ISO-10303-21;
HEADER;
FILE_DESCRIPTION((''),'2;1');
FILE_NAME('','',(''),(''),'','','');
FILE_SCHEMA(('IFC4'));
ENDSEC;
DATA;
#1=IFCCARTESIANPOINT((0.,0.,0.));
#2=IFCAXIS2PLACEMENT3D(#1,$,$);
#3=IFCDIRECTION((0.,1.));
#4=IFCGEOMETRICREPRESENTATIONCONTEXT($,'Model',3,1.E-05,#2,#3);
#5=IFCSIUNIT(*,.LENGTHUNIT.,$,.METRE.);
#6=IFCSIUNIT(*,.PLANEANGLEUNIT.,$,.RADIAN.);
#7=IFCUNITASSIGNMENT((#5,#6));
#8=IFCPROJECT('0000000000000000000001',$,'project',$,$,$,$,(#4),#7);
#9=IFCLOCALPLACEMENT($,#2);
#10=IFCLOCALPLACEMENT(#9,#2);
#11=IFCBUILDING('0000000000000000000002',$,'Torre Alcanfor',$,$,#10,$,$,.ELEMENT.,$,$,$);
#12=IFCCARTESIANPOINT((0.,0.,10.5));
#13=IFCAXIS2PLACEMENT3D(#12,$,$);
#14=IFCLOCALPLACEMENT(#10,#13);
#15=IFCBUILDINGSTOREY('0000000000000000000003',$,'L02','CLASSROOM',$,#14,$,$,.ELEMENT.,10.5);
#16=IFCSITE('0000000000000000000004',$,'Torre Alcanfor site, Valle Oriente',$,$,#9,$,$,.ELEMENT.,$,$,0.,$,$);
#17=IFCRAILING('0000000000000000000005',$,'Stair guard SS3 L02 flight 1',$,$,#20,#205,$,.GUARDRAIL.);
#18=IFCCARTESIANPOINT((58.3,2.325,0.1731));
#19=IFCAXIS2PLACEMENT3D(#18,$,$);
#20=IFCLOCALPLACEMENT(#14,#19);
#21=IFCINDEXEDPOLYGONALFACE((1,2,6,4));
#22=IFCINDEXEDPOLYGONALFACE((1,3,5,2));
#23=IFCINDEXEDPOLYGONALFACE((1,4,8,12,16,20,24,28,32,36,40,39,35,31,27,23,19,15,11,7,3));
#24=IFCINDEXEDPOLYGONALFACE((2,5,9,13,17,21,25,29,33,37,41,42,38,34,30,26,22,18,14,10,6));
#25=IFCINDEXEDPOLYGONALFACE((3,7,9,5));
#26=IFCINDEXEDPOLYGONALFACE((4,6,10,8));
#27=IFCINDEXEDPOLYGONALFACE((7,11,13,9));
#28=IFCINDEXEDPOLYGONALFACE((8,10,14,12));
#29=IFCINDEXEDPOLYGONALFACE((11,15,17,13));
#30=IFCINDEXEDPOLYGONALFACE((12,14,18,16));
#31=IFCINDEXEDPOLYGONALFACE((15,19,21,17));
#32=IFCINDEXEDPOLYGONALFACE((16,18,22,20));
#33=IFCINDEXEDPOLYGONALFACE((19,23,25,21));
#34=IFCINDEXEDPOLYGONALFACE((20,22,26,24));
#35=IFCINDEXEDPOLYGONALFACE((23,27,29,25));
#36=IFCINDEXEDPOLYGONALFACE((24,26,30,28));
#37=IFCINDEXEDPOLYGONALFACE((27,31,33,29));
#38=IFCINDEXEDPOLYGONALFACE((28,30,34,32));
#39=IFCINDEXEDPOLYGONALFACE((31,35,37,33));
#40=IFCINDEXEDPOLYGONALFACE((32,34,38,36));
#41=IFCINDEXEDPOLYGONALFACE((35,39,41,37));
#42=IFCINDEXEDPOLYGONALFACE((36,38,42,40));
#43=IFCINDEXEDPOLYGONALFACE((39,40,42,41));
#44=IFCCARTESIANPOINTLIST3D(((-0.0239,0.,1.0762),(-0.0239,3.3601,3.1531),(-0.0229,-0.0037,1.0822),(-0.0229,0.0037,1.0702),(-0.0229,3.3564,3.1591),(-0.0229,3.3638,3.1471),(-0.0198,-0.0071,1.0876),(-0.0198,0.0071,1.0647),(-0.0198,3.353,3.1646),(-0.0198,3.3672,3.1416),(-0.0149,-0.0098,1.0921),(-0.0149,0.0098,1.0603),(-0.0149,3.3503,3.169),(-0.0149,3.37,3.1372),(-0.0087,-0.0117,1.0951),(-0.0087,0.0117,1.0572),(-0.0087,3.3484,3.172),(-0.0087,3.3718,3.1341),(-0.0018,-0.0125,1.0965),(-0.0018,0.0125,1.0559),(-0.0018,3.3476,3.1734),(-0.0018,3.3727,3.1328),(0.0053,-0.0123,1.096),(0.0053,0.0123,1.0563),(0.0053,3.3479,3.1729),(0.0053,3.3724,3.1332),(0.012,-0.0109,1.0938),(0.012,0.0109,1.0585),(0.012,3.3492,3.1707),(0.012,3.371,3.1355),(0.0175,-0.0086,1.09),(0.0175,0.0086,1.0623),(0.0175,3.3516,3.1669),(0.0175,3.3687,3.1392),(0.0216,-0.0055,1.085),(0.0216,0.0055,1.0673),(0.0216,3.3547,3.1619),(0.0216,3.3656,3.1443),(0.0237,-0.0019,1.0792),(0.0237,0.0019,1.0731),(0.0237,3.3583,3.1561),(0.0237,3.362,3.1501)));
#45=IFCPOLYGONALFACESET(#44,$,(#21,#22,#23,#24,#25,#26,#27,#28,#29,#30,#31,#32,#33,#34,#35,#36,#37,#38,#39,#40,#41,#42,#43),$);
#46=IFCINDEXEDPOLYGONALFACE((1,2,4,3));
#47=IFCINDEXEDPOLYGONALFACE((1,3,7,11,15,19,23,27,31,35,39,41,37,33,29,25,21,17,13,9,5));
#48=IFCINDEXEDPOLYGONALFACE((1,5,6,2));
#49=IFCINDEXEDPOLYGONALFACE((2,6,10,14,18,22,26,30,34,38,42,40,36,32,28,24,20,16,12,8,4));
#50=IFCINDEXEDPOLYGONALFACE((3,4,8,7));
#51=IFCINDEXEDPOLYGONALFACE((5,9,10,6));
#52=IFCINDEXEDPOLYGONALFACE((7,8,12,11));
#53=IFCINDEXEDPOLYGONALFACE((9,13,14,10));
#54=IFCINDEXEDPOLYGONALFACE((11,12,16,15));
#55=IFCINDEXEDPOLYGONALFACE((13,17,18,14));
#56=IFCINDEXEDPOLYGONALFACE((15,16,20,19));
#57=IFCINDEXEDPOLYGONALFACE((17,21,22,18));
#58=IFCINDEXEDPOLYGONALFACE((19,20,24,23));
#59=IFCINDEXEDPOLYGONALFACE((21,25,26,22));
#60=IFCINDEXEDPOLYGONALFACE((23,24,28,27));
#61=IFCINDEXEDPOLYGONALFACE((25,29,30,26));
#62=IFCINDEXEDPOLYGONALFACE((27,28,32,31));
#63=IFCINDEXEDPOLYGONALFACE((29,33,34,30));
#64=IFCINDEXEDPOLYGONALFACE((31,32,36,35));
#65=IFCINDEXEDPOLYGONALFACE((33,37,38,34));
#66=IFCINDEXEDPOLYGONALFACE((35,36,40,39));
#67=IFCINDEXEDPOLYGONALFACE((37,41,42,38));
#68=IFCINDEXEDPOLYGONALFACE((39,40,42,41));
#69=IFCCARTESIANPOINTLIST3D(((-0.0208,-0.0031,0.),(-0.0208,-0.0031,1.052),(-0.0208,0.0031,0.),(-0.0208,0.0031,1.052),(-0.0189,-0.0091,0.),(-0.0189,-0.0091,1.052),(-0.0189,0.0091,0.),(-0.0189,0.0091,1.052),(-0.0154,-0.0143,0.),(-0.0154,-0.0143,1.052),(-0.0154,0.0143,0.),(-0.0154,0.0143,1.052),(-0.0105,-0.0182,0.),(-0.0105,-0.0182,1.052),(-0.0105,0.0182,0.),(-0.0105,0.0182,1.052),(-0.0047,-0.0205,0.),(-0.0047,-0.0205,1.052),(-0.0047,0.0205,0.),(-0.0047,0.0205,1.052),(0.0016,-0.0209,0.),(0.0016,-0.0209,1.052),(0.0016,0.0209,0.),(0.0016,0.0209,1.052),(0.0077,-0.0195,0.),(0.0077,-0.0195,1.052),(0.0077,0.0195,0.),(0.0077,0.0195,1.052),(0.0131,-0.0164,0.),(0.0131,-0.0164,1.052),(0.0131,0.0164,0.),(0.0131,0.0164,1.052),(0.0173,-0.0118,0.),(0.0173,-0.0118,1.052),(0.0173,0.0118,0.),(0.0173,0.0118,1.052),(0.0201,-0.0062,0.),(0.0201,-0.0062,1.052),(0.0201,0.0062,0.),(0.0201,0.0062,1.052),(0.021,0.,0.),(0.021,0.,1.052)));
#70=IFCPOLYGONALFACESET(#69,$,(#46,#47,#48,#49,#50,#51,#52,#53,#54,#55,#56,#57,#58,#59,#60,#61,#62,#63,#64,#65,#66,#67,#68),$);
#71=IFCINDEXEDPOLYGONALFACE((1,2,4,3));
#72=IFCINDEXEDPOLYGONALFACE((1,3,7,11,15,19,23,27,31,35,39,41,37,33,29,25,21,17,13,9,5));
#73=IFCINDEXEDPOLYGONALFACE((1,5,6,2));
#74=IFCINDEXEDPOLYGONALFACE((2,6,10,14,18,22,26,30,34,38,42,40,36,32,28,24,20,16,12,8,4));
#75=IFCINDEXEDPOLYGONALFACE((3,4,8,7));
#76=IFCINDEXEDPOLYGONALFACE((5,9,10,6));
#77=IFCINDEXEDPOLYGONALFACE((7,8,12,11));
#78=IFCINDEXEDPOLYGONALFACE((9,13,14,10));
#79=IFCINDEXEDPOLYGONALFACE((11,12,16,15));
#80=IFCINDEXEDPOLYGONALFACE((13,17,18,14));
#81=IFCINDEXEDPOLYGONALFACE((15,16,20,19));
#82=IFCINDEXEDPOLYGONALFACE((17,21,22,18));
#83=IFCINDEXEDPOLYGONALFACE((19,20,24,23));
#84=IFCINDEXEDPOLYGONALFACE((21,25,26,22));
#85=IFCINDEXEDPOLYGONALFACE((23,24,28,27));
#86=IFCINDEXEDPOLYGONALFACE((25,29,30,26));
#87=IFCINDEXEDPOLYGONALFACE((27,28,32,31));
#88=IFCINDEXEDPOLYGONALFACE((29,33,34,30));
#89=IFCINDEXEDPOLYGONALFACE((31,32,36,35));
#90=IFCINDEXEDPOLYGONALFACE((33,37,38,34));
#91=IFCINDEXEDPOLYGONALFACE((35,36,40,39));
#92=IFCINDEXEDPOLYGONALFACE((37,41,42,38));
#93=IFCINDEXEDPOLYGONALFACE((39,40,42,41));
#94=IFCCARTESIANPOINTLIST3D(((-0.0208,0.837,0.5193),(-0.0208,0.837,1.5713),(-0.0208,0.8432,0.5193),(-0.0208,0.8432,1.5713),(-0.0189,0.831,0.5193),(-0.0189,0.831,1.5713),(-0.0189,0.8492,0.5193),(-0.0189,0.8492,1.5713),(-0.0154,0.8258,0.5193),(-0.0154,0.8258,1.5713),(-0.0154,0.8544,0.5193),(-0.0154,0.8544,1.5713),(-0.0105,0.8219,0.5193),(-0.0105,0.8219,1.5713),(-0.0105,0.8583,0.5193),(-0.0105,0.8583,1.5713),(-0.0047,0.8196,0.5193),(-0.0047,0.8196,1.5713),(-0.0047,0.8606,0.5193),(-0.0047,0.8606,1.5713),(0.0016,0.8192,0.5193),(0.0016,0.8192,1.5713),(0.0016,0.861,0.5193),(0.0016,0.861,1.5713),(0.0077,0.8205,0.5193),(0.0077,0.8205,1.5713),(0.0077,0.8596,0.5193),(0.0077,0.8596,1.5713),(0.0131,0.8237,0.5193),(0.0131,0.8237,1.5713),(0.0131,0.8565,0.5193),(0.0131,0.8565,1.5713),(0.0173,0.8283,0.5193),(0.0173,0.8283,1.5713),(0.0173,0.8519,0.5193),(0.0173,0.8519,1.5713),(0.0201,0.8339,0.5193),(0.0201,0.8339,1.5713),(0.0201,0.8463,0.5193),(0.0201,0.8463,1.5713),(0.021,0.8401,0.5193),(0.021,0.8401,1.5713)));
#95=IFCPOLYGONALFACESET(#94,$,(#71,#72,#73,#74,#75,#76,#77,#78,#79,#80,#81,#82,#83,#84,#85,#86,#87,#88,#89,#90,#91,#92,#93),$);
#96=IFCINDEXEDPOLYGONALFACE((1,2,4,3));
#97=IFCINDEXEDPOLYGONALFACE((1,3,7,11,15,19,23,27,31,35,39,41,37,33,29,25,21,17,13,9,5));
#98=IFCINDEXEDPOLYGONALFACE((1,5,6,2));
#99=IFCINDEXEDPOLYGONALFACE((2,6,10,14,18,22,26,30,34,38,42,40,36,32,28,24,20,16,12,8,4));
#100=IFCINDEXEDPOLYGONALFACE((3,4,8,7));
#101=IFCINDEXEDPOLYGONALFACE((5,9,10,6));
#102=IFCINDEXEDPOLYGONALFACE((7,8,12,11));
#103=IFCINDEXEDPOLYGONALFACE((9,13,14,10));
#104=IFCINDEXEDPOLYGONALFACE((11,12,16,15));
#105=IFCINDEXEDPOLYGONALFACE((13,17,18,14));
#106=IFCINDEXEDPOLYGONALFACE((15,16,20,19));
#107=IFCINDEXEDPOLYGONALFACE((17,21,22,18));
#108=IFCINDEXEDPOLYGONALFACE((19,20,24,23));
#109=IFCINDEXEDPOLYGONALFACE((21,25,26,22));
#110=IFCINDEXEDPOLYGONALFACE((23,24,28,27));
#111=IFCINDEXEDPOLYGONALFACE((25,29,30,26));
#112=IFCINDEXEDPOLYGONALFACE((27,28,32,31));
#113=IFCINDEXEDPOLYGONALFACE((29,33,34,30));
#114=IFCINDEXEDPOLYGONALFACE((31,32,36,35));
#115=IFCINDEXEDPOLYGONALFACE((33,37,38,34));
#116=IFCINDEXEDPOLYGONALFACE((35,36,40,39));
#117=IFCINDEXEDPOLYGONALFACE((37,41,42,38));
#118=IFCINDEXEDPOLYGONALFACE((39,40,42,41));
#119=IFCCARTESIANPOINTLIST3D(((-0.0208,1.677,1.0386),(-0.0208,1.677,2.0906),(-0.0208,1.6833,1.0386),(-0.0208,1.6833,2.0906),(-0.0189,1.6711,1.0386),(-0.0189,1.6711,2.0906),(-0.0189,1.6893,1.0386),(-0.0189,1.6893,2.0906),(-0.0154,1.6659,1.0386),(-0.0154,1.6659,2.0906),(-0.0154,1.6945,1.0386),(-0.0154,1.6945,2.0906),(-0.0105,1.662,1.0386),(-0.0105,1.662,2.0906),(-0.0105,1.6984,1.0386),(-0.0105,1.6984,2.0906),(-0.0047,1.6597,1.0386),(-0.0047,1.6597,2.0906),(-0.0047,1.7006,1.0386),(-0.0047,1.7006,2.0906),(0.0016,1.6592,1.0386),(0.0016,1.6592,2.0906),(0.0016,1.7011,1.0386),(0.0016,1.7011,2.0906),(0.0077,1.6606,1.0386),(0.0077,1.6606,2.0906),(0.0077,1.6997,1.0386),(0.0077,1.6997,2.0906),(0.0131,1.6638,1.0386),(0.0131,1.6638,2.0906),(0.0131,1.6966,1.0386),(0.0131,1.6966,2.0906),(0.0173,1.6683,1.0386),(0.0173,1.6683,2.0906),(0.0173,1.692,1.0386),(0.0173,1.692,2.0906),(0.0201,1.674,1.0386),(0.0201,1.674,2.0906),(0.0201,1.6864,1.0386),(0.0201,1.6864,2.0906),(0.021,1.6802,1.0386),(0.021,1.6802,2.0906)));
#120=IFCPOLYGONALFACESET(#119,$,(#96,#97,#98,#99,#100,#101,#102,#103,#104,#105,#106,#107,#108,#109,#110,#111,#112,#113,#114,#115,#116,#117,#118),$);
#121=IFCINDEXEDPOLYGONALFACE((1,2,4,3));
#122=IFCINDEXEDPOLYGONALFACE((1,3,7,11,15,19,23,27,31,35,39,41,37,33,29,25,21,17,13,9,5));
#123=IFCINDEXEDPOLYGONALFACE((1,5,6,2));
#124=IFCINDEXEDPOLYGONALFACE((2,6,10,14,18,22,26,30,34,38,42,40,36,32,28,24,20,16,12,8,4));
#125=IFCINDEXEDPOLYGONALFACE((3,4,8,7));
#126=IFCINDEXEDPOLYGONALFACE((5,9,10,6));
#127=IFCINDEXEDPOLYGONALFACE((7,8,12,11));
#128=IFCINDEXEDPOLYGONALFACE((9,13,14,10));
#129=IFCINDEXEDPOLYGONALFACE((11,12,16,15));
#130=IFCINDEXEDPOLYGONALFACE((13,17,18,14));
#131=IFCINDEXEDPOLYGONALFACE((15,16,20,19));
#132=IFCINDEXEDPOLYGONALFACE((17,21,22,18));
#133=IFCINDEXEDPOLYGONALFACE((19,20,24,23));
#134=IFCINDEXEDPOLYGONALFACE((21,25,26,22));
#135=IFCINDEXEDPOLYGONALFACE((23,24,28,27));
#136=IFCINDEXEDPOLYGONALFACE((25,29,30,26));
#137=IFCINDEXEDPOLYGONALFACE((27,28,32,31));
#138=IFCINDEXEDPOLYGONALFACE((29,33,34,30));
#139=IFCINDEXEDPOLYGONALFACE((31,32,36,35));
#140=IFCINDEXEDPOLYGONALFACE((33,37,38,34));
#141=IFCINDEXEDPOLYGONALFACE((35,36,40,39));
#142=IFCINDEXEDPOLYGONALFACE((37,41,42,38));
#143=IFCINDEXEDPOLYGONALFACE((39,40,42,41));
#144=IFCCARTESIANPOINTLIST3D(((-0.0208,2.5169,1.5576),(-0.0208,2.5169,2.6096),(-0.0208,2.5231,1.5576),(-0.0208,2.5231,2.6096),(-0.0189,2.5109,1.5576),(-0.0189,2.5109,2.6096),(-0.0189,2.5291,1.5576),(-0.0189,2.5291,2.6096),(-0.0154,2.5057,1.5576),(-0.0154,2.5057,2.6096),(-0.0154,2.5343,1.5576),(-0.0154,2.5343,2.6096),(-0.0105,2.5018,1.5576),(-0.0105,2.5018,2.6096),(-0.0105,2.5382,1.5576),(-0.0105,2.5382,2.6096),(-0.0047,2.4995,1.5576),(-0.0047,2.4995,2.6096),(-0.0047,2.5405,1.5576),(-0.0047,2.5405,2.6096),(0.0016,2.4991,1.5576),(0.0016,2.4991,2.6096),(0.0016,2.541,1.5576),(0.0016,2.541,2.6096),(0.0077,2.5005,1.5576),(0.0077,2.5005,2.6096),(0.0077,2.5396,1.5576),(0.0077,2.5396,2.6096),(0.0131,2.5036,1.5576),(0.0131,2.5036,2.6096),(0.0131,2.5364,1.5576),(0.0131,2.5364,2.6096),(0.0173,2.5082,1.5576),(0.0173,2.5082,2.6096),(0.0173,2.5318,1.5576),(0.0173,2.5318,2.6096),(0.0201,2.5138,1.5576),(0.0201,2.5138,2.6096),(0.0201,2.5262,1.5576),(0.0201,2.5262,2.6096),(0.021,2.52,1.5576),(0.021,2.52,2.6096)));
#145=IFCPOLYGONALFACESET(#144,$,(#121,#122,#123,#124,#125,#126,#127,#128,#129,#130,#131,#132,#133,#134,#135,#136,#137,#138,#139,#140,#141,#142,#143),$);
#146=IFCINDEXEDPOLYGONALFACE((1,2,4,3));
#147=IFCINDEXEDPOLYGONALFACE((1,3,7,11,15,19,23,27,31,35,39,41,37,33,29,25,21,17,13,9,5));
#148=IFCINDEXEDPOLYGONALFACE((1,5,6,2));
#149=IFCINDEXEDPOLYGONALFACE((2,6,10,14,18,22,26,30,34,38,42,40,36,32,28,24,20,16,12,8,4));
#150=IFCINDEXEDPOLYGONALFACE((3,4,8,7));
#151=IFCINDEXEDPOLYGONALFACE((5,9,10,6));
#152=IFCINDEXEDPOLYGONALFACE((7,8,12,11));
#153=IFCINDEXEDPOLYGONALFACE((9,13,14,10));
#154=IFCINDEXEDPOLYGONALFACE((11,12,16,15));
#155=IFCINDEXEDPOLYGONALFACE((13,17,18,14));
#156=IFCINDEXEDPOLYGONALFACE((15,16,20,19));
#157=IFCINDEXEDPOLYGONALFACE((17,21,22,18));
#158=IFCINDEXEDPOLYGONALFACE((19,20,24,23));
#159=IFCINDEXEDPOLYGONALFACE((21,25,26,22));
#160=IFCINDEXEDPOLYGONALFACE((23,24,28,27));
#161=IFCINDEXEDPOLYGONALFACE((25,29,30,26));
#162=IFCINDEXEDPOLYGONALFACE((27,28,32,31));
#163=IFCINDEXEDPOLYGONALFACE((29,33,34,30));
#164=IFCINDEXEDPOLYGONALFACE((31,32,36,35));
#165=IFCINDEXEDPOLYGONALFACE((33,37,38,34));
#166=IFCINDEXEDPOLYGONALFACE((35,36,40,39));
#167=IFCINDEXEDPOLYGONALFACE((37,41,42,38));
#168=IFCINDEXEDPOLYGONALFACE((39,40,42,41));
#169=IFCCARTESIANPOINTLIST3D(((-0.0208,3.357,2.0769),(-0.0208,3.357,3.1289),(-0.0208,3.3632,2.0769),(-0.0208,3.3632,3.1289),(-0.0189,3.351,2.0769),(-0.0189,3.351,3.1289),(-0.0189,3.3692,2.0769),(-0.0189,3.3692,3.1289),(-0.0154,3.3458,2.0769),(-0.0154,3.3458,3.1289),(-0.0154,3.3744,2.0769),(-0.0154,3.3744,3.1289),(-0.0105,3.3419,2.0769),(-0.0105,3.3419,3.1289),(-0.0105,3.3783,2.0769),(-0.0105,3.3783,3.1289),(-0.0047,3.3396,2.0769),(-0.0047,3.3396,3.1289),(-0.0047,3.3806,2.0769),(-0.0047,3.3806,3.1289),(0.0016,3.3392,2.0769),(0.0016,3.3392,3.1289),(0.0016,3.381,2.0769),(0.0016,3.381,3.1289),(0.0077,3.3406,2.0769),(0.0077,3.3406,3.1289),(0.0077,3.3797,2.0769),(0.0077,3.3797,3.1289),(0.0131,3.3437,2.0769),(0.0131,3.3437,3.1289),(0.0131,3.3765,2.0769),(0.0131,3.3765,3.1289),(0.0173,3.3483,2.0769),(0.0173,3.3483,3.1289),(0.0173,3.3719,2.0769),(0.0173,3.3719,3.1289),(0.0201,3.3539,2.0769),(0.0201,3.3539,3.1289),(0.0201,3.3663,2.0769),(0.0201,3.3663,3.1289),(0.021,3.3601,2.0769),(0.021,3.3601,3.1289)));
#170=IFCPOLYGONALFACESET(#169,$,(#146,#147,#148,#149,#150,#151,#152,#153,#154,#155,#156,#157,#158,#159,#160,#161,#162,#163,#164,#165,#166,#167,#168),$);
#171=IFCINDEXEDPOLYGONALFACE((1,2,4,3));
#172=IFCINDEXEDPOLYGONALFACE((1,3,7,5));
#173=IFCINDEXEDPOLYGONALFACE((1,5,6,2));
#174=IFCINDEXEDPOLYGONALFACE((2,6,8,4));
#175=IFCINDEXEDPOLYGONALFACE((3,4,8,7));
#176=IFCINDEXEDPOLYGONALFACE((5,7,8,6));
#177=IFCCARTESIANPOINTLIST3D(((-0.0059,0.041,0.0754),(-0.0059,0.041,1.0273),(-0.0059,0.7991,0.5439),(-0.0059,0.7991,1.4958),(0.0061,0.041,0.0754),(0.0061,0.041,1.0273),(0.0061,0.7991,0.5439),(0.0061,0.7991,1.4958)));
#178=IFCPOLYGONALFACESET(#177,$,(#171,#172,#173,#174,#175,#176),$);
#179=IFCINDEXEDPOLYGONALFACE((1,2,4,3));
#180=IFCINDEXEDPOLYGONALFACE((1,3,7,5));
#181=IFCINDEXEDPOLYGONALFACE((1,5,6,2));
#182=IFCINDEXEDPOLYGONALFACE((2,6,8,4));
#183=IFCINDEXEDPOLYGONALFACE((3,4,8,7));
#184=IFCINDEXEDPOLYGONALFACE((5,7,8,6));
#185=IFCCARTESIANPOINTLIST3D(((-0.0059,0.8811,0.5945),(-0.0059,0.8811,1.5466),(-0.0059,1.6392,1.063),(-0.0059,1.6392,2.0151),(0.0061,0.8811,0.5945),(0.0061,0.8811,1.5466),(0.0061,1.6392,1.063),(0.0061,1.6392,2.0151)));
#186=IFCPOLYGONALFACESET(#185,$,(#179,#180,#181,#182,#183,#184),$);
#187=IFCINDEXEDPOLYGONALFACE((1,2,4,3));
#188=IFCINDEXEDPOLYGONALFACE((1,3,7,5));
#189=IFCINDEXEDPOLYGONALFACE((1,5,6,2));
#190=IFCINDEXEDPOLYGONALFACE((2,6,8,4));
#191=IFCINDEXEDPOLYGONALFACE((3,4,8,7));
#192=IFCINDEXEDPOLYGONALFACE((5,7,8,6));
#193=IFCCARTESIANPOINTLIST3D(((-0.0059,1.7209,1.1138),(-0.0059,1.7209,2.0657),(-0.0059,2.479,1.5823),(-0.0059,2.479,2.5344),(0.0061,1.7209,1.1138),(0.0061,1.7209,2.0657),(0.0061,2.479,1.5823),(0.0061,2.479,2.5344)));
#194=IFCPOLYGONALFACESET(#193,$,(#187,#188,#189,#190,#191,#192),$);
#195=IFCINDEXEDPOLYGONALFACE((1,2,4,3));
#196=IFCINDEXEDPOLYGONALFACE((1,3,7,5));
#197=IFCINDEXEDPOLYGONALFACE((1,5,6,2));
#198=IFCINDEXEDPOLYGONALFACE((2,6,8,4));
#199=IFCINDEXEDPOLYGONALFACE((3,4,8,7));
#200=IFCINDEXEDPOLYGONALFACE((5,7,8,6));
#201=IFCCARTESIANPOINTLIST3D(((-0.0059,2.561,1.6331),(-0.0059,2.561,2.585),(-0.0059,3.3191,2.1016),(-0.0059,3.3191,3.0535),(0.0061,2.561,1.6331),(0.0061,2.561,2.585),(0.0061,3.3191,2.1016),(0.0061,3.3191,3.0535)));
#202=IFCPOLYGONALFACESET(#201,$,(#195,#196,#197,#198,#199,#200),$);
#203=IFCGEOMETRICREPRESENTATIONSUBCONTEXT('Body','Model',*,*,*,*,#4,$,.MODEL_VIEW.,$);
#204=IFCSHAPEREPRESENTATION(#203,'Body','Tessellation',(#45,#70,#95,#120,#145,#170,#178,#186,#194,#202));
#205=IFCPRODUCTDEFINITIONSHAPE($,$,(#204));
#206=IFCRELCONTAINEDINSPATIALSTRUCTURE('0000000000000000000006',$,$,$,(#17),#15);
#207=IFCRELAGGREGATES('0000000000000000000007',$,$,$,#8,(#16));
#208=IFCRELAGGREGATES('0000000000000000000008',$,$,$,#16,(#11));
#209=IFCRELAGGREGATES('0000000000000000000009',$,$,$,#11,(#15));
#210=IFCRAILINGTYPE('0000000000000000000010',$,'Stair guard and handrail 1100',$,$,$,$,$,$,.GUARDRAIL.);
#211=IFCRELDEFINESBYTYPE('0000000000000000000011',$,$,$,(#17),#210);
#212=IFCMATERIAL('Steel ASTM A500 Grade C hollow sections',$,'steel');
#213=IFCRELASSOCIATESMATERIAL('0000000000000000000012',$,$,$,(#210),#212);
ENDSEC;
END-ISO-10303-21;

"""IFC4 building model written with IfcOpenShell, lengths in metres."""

from ifc_helpers import new_model, si_unit, direction, frame, origin, origin_2d, place, context, subcontext, project, spatial, polyline, circle, outline, extrude, material, type_object, element, save


model = new_model("IFC4")

# Units and contexts
model_context = context("Model", 3, precision=1e-05, world=origin(), true_north=direction((0.0, 1.0)))
body_context = subcontext(model_context, "Body", "Model", "MODEL_VIEW")
ifc_project = project(units=[si_unit("LENGTHUNIT", "METRE"), si_unit("PLANEANGLEUNIT", "RADIAN")], contexts=[model_context])

# Site, building, storey
site_placement = place(None, origin())
site = spatial("IfcSite", under=ifc_project, at=site_placement, Name="Torre Alcanfor site, Valle Oriente", CompositionType="ELEMENT", RefElevation=0.0)
building_placement = place(site_placement, origin())
building = spatial("IfcBuilding", under=site, at=building_placement, Name="Torre Alcanfor", CompositionType="ELEMENT")
storey_placement = place(building_placement, frame((0.0, 0.0, 10.5)))
storey = spatial("IfcBuildingStorey", under=building, at=storey_placement, Name="L02", Description="CLASSROOM", CompositionType="ELEMENT", Elevation=10.5)

# Railing
ifc_material_1 = material(Name="Steel ASTM A500 Grade C hollow sections", Category="steel")
railing_type_1 = type_object("IfcRailingType", Name="Stair guard and handrail 1100", PredefinedType="GUARDRAIL", material=ifc_material_1)
railing_1_placement = place(storey_placement, frame((58.3, 2.325, 0.1731)))
element("IfcRailing", 1, at=railing_1_placement, inside=storey, type_object=railing_type_1, Name="Stair guard SS3 L02 flight 1", PredefinedType="GUARDRAIL", context=body_context, shape_type="SweptSolid", body=[
    extrude(circle(Radius=0.0239, at=origin_2d()), frame((0.0, 0.0, 1.0762), z_axis=(0.0, 0.850623, 0.525776), x_axis=(-1.0, 0.0, 0.0)), (0.0, 0.0, 1.0), 3.9502),
    extrude(circle(Radius=0.021, at=origin_2d()), origin(), (0.0, 0.0, 1.0), 1.052),
    extrude(circle(Radius=0.021, at=origin_2d()), frame((0.0, 0.8401, 0.5193)), (0.0, 0.0, 1.0), 1.052),
    extrude(circle(Radius=0.021, at=origin_2d()), frame((0.0, 1.6802, 1.0386)), (0.0, 0.0, 1.0), 1.052),
    extrude(circle(Radius=0.021, at=origin_2d()), frame((0.0, 2.52, 1.5576)), (0.0, 0.0, 1.0), 1.052),
    extrude(circle(Radius=0.021, at=origin_2d()), frame((0.0, 3.3601, 2.0769)), (0.0, 0.0, 1.0), 1.052),
    extrude(outline(polyline([(0.041, 0.0754), (0.7991, 0.5439), (0.7991, 1.4958), (0.041, 1.0273), (0.041, 0.0754)])), frame((-0.0059, 0.0, 0.0), z_axis=(1.0, 0.0, 0.0), x_axis=(0.0, 1.0, 0.0)), (0.0, 0.0, 1.0), 0.012),
    extrude(outline(polyline([(0.8811, 0.5945), (1.6392, 1.063), (1.6392, 2.0151), (0.8811, 1.5466), (0.8811, 0.5945)])), frame((-0.0059, 0.0, 0.0), z_axis=(1.0, 0.0, 0.0), x_axis=(0.0, 1.0, 0.0)), (0.0, 0.0, 1.0), 0.012),
    extrude(outline(polyline([(1.7209, 1.1138), (2.479, 1.5823), (2.479, 2.5344), (1.7209, 2.0657), (1.7209, 1.1138)])), frame((-0.0059, 0.0, 0.0), z_axis=(1.0, 0.0, 0.0), x_axis=(0.0, 1.0, 0.0)), (0.0, 0.0, 1.0), 0.012),
    extrude(outline(polyline([(2.561, 1.6331), (3.3191, 2.1016), (3.3191, 3.0535), (2.561, 2.585), (2.561, 1.6331)])), frame((-0.0059, 0.0, 0.0), z_axis=(1.0, 0.0, 0.0), x_axis=(0.0, 1.0, 0.0)), (0.0, 0.0, 1.0), 0.012),
])

save(model, "model.ifc")
